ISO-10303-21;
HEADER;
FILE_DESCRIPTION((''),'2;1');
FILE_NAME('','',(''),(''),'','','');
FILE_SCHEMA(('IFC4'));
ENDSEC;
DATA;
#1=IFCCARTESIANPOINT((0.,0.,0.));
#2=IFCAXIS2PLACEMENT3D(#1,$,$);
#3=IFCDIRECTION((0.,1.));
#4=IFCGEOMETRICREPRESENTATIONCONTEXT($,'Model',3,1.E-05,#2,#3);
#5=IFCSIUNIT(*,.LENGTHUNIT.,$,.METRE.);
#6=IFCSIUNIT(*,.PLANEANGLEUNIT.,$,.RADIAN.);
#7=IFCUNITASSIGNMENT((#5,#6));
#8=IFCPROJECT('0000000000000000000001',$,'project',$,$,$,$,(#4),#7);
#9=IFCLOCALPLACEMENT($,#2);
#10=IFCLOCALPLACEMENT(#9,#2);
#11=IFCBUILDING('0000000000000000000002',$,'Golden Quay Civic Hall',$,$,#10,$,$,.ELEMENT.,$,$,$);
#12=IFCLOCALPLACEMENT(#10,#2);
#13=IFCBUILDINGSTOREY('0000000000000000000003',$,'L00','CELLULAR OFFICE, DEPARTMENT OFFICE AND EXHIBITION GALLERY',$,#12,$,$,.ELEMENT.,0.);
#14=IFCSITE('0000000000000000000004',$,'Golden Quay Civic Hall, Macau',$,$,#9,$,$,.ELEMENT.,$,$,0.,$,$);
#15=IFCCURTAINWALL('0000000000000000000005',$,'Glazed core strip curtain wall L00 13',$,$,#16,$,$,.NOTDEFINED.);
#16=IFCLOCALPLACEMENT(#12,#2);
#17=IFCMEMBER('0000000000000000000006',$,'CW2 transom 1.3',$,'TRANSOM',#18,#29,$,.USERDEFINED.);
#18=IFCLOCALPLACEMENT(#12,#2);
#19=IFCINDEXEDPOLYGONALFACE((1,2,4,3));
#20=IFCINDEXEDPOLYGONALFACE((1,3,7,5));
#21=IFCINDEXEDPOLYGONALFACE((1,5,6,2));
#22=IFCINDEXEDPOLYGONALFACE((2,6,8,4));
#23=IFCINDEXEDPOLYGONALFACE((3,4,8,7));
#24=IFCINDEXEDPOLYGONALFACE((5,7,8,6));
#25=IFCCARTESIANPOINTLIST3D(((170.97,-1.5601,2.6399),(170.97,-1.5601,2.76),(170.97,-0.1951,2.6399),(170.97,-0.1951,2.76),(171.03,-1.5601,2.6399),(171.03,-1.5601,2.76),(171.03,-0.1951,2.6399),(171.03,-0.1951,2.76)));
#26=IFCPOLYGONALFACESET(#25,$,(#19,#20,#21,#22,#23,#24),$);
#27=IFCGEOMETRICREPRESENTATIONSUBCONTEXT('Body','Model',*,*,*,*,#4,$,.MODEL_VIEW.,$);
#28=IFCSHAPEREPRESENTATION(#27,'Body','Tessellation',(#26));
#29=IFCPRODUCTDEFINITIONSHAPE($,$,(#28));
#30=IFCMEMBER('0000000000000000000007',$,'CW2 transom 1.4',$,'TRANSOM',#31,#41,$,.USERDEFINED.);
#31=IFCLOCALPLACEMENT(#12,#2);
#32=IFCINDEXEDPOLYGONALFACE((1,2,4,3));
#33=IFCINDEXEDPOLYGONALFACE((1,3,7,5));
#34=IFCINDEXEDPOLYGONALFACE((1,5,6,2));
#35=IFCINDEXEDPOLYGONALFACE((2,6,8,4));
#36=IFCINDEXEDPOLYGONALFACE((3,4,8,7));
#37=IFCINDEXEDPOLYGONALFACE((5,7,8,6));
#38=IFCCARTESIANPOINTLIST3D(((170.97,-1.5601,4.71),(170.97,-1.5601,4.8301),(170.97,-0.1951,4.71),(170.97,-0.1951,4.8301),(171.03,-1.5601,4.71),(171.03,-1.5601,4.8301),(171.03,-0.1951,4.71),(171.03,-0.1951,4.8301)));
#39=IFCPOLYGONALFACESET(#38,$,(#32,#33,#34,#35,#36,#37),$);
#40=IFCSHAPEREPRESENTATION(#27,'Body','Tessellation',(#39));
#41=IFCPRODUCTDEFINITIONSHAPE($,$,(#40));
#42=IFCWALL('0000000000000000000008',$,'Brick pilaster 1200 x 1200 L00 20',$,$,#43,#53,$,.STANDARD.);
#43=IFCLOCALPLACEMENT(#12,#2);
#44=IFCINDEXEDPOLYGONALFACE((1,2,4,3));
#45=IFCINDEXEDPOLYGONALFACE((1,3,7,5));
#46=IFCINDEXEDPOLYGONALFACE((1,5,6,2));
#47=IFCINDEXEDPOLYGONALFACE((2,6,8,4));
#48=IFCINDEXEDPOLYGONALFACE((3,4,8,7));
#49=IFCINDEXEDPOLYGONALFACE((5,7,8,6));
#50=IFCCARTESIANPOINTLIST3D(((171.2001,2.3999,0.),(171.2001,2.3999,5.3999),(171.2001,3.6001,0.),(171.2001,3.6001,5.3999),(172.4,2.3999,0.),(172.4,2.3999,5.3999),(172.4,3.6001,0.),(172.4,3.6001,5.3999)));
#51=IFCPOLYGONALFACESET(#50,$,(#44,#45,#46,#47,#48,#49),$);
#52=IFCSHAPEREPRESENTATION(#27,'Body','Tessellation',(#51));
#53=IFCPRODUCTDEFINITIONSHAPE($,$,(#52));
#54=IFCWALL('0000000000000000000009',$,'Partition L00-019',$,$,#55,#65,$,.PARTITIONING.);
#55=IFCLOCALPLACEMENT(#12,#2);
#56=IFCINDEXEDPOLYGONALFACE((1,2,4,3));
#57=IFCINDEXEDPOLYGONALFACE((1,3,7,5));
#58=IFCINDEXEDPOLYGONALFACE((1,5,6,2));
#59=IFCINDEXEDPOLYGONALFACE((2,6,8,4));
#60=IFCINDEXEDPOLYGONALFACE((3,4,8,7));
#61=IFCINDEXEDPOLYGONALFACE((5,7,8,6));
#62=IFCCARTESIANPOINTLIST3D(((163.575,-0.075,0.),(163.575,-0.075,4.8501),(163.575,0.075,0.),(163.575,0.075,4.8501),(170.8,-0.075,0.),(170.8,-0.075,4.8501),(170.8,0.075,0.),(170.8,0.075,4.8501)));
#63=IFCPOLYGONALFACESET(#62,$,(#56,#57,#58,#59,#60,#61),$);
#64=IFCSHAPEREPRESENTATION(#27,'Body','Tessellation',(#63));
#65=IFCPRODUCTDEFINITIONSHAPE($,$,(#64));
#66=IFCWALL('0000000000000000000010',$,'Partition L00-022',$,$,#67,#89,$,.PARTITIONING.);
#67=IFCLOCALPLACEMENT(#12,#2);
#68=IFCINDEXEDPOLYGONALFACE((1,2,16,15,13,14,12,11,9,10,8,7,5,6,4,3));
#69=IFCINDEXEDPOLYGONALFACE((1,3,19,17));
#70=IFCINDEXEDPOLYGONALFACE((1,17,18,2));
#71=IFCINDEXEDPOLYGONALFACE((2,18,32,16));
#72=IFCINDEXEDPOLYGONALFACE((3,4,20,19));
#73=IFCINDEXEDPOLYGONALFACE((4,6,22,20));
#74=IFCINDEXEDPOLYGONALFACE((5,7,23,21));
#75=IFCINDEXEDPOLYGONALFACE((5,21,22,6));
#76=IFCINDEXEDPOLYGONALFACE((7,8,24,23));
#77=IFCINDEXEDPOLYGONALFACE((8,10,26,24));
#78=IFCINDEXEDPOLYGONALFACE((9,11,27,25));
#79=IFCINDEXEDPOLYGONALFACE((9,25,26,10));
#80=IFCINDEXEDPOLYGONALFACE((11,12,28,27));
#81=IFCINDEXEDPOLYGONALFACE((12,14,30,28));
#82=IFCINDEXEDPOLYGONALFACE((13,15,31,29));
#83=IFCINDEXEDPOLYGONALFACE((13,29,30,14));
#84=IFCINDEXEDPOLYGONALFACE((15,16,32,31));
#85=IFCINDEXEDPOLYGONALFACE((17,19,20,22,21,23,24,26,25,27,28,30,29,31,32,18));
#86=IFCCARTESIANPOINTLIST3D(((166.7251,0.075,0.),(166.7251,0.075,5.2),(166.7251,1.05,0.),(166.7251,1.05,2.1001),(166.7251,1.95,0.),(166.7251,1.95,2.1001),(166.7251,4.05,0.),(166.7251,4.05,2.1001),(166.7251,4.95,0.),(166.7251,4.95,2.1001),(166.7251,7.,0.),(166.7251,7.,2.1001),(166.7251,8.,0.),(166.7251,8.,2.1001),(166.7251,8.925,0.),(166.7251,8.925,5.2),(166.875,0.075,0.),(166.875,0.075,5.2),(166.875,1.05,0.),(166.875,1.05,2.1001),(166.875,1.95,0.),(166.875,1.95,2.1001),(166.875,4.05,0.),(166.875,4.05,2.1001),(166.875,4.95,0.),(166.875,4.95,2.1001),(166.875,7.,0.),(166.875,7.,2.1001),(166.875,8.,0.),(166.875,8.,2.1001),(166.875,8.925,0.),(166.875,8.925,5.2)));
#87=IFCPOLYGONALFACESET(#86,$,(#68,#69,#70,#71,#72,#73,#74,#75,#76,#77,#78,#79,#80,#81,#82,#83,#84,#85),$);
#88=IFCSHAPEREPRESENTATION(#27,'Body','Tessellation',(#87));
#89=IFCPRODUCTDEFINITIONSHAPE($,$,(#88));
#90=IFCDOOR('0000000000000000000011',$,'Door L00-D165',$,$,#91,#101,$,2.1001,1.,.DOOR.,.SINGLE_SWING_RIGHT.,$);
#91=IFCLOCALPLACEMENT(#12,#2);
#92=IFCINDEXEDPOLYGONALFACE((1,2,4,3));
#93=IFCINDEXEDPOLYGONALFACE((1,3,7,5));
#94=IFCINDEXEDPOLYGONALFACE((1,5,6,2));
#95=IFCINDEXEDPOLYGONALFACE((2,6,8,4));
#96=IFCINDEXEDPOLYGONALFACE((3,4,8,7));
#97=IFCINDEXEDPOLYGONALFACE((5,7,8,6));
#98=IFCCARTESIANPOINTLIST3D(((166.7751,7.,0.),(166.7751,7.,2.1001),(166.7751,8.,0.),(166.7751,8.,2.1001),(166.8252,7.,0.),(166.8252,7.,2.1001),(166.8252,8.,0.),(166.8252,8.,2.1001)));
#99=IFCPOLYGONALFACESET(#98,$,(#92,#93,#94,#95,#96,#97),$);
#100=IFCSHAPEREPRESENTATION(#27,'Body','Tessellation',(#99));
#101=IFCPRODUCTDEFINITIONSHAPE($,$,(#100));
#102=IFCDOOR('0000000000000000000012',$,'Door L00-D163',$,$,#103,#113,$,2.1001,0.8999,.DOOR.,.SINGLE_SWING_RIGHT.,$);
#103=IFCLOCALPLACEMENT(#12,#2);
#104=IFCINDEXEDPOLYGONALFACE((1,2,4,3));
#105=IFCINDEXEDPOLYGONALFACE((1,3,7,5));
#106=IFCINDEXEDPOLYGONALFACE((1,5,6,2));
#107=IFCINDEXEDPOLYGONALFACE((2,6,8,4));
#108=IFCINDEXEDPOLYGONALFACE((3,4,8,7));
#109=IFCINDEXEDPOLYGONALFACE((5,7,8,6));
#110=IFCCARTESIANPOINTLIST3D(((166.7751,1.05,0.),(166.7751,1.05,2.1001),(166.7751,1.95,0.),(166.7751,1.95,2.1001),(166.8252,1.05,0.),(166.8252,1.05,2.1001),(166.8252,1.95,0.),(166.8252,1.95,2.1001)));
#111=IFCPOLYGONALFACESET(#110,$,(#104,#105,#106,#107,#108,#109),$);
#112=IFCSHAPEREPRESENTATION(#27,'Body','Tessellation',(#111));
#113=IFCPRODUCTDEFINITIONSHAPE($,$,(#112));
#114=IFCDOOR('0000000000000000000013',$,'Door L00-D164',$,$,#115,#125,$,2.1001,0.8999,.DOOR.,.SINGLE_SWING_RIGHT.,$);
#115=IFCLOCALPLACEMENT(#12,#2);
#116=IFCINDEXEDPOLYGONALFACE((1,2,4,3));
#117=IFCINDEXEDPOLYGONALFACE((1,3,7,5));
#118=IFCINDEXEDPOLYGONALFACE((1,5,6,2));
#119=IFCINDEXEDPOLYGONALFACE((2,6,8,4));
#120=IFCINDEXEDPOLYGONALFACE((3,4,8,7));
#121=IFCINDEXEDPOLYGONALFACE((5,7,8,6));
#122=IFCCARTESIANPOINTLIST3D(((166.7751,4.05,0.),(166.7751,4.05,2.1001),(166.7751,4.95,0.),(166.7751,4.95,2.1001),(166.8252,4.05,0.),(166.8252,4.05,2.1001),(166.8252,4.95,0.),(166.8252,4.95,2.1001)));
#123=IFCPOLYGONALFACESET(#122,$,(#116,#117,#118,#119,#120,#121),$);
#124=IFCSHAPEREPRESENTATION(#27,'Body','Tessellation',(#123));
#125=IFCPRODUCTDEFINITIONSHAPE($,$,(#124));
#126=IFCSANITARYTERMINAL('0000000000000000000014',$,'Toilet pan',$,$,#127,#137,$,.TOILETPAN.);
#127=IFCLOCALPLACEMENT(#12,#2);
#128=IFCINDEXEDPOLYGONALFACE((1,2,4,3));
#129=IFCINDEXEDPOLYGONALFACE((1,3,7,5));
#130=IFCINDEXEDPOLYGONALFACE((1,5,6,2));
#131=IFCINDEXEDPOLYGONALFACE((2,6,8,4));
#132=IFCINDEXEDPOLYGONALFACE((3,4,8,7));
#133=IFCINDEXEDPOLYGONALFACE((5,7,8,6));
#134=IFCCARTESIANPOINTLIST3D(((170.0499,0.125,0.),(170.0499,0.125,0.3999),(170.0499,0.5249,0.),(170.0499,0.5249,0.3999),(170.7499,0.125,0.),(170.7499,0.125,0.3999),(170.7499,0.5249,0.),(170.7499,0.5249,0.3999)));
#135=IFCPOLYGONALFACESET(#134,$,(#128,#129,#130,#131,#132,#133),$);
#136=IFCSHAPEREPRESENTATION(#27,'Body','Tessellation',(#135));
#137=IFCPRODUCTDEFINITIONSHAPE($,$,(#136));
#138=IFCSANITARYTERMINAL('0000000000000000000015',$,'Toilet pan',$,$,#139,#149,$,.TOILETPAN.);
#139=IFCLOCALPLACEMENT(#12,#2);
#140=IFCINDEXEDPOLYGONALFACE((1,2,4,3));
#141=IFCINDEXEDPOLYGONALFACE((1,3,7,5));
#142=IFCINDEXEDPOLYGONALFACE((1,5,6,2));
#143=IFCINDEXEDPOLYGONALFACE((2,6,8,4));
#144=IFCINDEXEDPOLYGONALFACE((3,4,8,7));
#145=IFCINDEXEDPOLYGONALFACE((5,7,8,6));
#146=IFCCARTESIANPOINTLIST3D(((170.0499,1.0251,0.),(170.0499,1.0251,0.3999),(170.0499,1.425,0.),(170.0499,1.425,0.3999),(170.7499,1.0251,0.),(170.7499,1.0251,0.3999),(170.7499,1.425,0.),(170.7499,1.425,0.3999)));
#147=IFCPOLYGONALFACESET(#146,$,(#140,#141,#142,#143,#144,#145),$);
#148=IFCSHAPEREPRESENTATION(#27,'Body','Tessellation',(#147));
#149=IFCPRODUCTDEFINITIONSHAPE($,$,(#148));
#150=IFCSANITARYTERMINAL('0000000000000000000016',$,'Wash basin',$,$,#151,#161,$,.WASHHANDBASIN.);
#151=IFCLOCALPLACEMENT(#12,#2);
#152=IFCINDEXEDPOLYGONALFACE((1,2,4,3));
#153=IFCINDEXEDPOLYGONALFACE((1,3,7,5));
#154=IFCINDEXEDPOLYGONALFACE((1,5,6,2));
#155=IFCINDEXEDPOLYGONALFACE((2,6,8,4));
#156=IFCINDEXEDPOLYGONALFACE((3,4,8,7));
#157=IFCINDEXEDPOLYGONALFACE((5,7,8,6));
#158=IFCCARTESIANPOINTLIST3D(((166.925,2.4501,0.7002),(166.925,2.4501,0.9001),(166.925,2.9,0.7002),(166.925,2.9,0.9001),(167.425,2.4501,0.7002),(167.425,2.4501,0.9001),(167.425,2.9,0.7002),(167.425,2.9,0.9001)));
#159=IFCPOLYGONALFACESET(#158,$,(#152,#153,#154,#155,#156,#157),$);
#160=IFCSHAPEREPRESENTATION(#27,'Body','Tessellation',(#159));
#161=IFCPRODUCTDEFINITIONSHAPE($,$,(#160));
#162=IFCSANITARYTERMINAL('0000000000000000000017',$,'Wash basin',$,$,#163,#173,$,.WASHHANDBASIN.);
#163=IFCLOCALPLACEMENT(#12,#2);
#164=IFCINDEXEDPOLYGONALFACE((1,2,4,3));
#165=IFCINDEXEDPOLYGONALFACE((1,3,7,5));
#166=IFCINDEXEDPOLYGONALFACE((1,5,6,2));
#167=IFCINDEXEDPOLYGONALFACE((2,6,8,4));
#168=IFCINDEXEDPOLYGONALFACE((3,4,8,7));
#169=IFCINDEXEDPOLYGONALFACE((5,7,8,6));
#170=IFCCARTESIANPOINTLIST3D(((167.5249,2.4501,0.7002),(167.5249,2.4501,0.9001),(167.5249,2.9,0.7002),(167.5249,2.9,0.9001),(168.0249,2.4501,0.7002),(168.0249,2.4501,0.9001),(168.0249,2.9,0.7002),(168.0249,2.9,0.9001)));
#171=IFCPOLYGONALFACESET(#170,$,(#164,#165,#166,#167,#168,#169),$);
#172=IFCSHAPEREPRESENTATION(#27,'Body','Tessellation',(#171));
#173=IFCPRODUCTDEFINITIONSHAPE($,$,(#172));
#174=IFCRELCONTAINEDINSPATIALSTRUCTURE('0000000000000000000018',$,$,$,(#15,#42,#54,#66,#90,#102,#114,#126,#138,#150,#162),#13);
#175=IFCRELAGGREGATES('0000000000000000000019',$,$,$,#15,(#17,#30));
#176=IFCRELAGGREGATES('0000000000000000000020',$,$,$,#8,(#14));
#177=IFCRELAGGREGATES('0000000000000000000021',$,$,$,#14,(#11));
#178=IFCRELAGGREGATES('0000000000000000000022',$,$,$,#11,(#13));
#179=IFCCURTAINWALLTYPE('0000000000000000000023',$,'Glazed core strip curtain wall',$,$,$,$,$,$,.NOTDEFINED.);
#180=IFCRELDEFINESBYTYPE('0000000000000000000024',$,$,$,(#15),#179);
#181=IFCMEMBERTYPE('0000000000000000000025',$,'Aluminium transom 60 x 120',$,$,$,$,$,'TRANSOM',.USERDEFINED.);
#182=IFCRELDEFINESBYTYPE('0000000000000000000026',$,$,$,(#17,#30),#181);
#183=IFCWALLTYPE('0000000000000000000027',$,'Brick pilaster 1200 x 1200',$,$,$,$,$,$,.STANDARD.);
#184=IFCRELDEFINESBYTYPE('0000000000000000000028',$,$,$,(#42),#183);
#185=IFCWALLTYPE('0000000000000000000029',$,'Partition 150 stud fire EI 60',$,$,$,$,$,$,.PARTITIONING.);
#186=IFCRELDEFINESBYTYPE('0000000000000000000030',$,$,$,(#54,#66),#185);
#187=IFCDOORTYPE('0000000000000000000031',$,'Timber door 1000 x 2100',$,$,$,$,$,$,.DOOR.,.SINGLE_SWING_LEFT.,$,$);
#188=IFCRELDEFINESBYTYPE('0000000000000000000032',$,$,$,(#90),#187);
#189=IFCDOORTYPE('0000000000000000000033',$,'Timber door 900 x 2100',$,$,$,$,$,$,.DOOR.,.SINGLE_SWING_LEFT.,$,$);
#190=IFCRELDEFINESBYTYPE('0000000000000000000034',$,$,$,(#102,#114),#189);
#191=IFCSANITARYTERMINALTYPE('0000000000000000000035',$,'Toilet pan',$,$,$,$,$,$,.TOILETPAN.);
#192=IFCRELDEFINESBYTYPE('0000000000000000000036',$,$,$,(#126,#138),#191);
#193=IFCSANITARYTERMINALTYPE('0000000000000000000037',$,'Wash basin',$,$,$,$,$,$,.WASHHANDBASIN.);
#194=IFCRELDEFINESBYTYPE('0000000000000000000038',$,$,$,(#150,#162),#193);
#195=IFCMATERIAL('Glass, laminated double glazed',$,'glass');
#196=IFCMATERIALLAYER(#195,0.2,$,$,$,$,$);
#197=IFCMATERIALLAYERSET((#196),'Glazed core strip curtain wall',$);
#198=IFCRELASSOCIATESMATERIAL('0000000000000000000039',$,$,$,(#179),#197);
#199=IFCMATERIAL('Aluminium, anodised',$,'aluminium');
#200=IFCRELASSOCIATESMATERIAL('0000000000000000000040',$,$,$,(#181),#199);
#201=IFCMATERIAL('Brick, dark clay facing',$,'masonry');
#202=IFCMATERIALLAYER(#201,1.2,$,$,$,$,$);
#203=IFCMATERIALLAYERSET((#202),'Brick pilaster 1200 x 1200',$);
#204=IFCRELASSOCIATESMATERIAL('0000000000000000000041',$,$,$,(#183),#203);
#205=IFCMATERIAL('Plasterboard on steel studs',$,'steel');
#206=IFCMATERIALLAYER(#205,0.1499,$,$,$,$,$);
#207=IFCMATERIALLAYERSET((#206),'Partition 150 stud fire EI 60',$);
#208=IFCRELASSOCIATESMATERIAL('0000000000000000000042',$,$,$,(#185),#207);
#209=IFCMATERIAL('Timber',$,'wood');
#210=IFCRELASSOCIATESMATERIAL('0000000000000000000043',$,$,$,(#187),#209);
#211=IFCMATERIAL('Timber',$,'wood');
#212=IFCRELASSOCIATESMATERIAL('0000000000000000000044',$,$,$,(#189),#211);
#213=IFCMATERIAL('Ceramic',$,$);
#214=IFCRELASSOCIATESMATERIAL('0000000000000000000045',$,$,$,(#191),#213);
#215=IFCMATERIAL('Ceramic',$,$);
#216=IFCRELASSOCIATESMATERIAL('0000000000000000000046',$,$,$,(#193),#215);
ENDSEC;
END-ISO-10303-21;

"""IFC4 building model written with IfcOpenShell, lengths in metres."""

from ifc_helpers import new_model, si_unit, direction, frame, frame_2d, origin, origin_2d, place, context, subcontext, project, spatial, rectangle, extrude, material, layer, layer_set, material_profile, profile_set, type_object, element, fill, aggregate, save


model = new_model("IFC4")

# Units and contexts
model_context = context("Model", 3, precision=1e-05, world=origin(), true_north=direction((0.0, 1.0)))
body_context = subcontext(model_context, "Body", "Model", "MODEL_VIEW")
ifc_project = project(units=[si_unit("LENGTHUNIT", "METRE"), si_unit("PLANEANGLEUNIT", "RADIAN")], contexts=[model_context])

# Site, building, storey
site_placement = place(None, origin())
site = spatial("IfcSite", under=ifc_project, at=site_placement, Name="Golden Quay Civic Hall, Macau", CompositionType="ELEMENT", RefElevation=0.0)
building_placement = place(site_placement, origin())
building = spatial("IfcBuilding", under=site, at=building_placement, Name="Golden Quay Civic Hall", CompositionType="ELEMENT")
storey_placement = place(building_placement, origin())
storey = spatial("IfcBuildingStorey", under=building, at=storey_placement, Name="L00", Description="CELLULAR OFFICE, DEPARTMENT OFFICE AND EXHIBITION GALLERY", CompositionType="ELEMENT", Elevation=0.0)

# Curtain wall, members
ifc_material_1 = material(Name="Glass, laminated double glazed", Category="glass")
ifc_layer_1 = layer(ifc_material_1, 0.2)
ifc_layer_set_1 = layer_set([ifc_layer_1], Name="Glazed core strip curtain wall")
curtain_wall_type = type_object("IfcCurtainWallType", Name="Glazed core strip curtain wall", PredefinedType="NOTDEFINED", material=ifc_layer_set_1)
curtain_wall_placement = place(storey_placement, origin())
curtain_wall = element("IfcCurtainWall", 1, at=curtain_wall_placement, inside=storey, type_object=curtain_wall_type, Name="Glazed core strip curtain wall L00 13", PredefinedType="NOTDEFINED")
ifc_material_2 = material(Name="Aluminium, anodised", Category="aluminium")
ifc_material_profile_1 = material_profile(ifc_material_2, rectangle(XDim=0.0601, YDim=0.1201, at=origin_2d()), Name="Aluminium 60 x 120")
ifc_profile_set_1 = profile_set([ifc_material_profile_1], Name="Aluminium, anodised")
member_type_1 = type_object("IfcMemberType", Name="Aluminium transom 60 x 120", ElementType="TRANSOM", PredefinedType="USERDEFINED", material=ifc_profile_set_1)
member_1_placement = place(storey_placement, frame((171.0, -0.1951, 2.7), z_axis=(0.0, -1.0, 0.0), x_axis=(1.0, 0.0, 0.0)))
member_1 = element("IfcMember", 2, at=member_1_placement, type_object=member_type_1, Name="CW2 transom 1.3", ObjectType="TRANSOM", PredefinedType="USERDEFINED", context=body_context, shape_type="SweptSolid", body=[
    extrude(rectangle(XDim=0.0601, YDim=0.1201, at=origin_2d()), origin(), (0.0, 0.0, 1.0), 1.365),
])
member_2_placement = place(storey_placement, frame((171.0, -0.1951, 4.77), z_axis=(0.0, -1.0, 0.0), x_axis=(1.0, 0.0, 0.0)))
member_2 = element("IfcMember", 3, at=member_2_placement, type_object=member_type_1, Name="CW2 transom 1.4", ObjectType="TRANSOM", PredefinedType="USERDEFINED", context=body_context, shape_type="SweptSolid", body=[
    extrude(rectangle(XDim=0.0601, YDim=0.1201, at=origin_2d()), origin(), (0.0, 0.0, 1.0), 1.365),
])
aggregate(curtain_wall, [member_1, member_2])

# Walls
ifc_material_3 = material(Name="Brick, dark clay facing", Category="masonry")
ifc_layer_2 = layer(ifc_material_3, 1.2)
ifc_layer_set_2 = layer_set([ifc_layer_2], Name="Brick pilaster 1200 x 1200")
wall_type_1 = type_object("IfcWallType", Name="Brick pilaster 1200 x 1200", PredefinedType="STANDARD", material=ifc_layer_set_2)
wall_1_placement = place(storey_placement, frame((171.8, 2.3999, 0.0), z_axis=(0.0, 0.0, 1.0), x_axis=(0.0, 1.0, 0.0)))
element("IfcWall", 4, at=wall_1_placement, inside=storey, type_object=wall_type_1, Name="Brick pilaster 1200 x 1200 L00 20", PredefinedType="STANDARD", context=body_context, shape_type="SweptSolid", body=[
    extrude(rectangle(XDim=1.2002, YDim=1.2, at=frame_2d((0.6001, 0.0))), origin(), (0.0, 0.0, 1.0), 5.3999),
])
ifc_material_4 = material(Name="Plasterboard on steel studs", Category="steel")
ifc_layer_3 = layer(ifc_material_4, 0.1499)
ifc_layer_set_3 = layer_set([ifc_layer_3], Name="Partition 150 stud fire EI 60")
wall_type_2 = type_object("IfcWallType", Name="Partition 150 stud fire EI 60", PredefinedType="PARTITIONING", material=ifc_layer_set_3)
wall_2_placement = place(storey_placement, frame((163.575, 0.0, 0.0), z_axis=(0.0, 0.0, 1.0), x_axis=(1.0, 0.0, 0.0)))
element("IfcWall", 5, at=wall_2_placement, inside=storey, type_object=wall_type_2, Name="Partition L00-019", PredefinedType="PARTITIONING", context=body_context, shape_type="SweptSolid", body=[
    extrude(rectangle(XDim=7.2251, YDim=0.1499, at=frame_2d((3.6125, 0.0))), origin(), (0.0, 0.0, 1.0), 4.8501),
])

# Wall, openings, doors
wall_3_placement = place(storey_placement, frame((166.8, 0.075, 0.0), z_axis=(0.0, 0.0, 1.0), x_axis=(0.0, 1.0, 0.0)))
wall_3 = element("IfcWall", 6, at=wall_3_placement, inside=storey, type_object=wall_type_2, Name="Partition L00-022", PredefinedType="PARTITIONING", context=body_context, shape_type="SweptSolid", body=[
    extrude(rectangle(XDim=8.8501, YDim=0.1499, at=frame_2d((4.425, 0.0))), origin(), (0.0, 0.0, 1.0), 5.2),
])
opening_1_placement = place(wall_3_placement, frame((0.9751, 0.0, 0.0)))
opening_1 = element("IfcOpeningElement", 7, at=opening_1_placement, cuts=wall_3, PredefinedType="OPENING", context=body_context, shape_type="SweptSolid", body=[
    extrude(rectangle(XDim=0.8999, YDim=2.1001, at=frame_2d((0.45, 1.05))), frame((0.0, 0.085, 0.0), z_axis=(0.0, -1.0, 0.0), x_axis=(1.0, 0.0, 0.0)), (0.0, 0.0, 1.0), 0.1699),
])
opening_2_placement = place(wall_3_placement, frame((3.9751, 0.0, 0.0)))
opening_2 = element("IfcOpeningElement", 8, at=opening_2_placement, cuts=wall_3, PredefinedType="OPENING", context=body_context, shape_type="SweptSolid", body=[
    extrude(rectangle(XDim=0.8999, YDim=2.1001, at=frame_2d((0.45, 1.05))), frame((0.0, 0.085, 0.0), z_axis=(0.0, -1.0, 0.0), x_axis=(1.0, 0.0, 0.0)), (0.0, 0.0, 1.0), 0.1699),
])
opening_3_placement = place(wall_3_placement, frame((6.925, 0.0, 0.0)))
opening_3 = element("IfcOpeningElement", 9, at=opening_3_placement, cuts=wall_3, PredefinedType="OPENING", context=body_context, shape_type="SweptSolid", body=[
    extrude(rectangle(XDim=1.0, YDim=2.1001, at=frame_2d((0.5, 1.05))), frame((0.0, 0.085, 0.0), z_axis=(0.0, -1.0, 0.0), x_axis=(1.0, 0.0, 0.0)), (0.0, 0.0, 1.0), 0.1699),
])
ifc_material_5 = material(Name="Timber", Category="wood")
door_type_1 = type_object("IfcDoorType", Name="Timber door 1000 x 2100", OperationType="SINGLE_SWING_LEFT", PredefinedType="DOOR", material=ifc_material_5)
door_1_placement = place(opening_3_placement, frame((1.0, 0.0, 0.0), z_axis=(0.0, 0.0, 1.0), x_axis=(-1.0, 0.0, 0.0)))
door_1 = element("IfcDoor", 10, at=door_1_placement, inside=storey, type_object=door_type_1, Name="Door L00-D165", OperationType="SINGLE_SWING_RIGHT", OverallHeight=2.1001, OverallWidth=1.0, PredefinedType="DOOR", context=body_context, shape_type="SweptSolid", body=[
    extrude(rectangle(XDim=1.0, YDim=2.1001, at=frame_2d((0.5, 1.05))), frame((0.0, 0.0251, 0.0), z_axis=(0.0, -1.0, 0.0), x_axis=(1.0, 0.0, 0.0)), (0.0, 0.0, 1.0), 0.05),
])
fill(opening_3, door_1)
ifc_material_6 = material(Name="Timber", Category="wood")
door_type_2 = type_object("IfcDoorType", Name="Timber door 900 x 2100", OperationType="SINGLE_SWING_LEFT", PredefinedType="DOOR", material=ifc_material_6)
door_2_placement = place(opening_1_placement, frame((0.8999, 0.0, 0.0), z_axis=(0.0, 0.0, 1.0), x_axis=(-1.0, 0.0, 0.0)))
door_2 = element("IfcDoor", 11, at=door_2_placement, inside=storey, type_object=door_type_2, Name="Door L00-D163", OperationType="SINGLE_SWING_RIGHT", OverallHeight=2.1001, OverallWidth=0.8999, PredefinedType="DOOR", context=body_context, shape_type="SweptSolid", body=[
    extrude(rectangle(XDim=0.8999, YDim=2.1001, at=frame_2d((0.45, 1.05))), frame((0.0, 0.0251, 0.0), z_axis=(0.0, -1.0, 0.0), x_axis=(1.0, 0.0, 0.0)), (0.0, 0.0, 1.0), 0.05),
])
fill(opening_1, door_2)
door_3_placement = place(opening_2_placement, frame((0.8999, 0.0, 0.0), z_axis=(0.0, 0.0, 1.0), x_axis=(-1.0, 0.0, 0.0)))
door_3 = element("IfcDoor", 12, at=door_3_placement, inside=storey, type_object=door_type_2, Name="Door L00-D164", OperationType="SINGLE_SWING_RIGHT", OverallHeight=2.1001, OverallWidth=0.8999, PredefinedType="DOOR", context=body_context, shape_type="SweptSolid", body=[
    extrude(rectangle(XDim=0.8999, YDim=2.1001, at=frame_2d((0.45, 1.05))), frame((0.0, 0.0251, 0.0), z_axis=(0.0, -1.0, 0.0), x_axis=(1.0, 0.0, 0.0)), (0.0, 0.0, 1.0), 0.05),
])
fill(opening_2, door_3)

# Sanitary terminals
ifc_material_7 = material(Name="Ceramic")
sanitary_terminal_type_1 = type_object("IfcSanitaryTerminalType", Name="Toilet pan", PredefinedType="TOILETPAN", material=ifc_material_7)
for number, where, z_axis, x_axis, name in (
    (13, (170.3999, 0.325, 0.0), (0.0, 0.0, 1.0), (0.0, 1.0, 0.0), "Toilet pan"),
    (14, (170.3999, 1.2251, 0.0), (0.0, 0.0, 1.0), (0.0, 1.0, 0.0), "Toilet pan"),
):
    element("IfcSanitaryTerminal", number, at=place(storey_placement, frame(where, z_axis=z_axis, x_axis=x_axis)), inside=storey, type_object=sanitary_terminal_type_1, Name=name, PredefinedType="TOILETPAN", context=body_context, shape_type="SweptSolid", body=[
        extrude(rectangle(XDim=0.3999, YDim=0.7, at=origin_2d()), origin(), (0.0, 0.0, 1.0), 0.3999),
    ])
ifc_material_8 = material(Name="Ceramic")
sanitary_terminal_type_2 = type_object("IfcSanitaryTerminalType", Name="Wash basin", PredefinedType="WASHHANDBASIN", material=ifc_material_8)
for number, where, z_axis, x_axis, name in (
    (15, (167.175, 2.675, 0.7002), (0.0, 0.0, 1.0), (1.0, 0.0, 0.0), "Wash basin"),
    (16, (167.7749, 2.675, 0.7002), (0.0, 0.0, 1.0), (1.0, 0.0, 0.0), "Wash basin"),
):
    element("IfcSanitaryTerminal", number, at=place(storey_placement, frame(where, z_axis=z_axis, x_axis=x_axis)), inside=storey, type_object=sanitary_terminal_type_2, Name=name, PredefinedType="WASHHANDBASIN", context=body_context, shape_type="SweptSolid", body=[
        extrude(rectangle(XDim=0.5, YDim=0.45, at=origin_2d()), origin(), (0.0, 0.0, 1.0), 0.2),
    ])

save(model, "model.ifc")
